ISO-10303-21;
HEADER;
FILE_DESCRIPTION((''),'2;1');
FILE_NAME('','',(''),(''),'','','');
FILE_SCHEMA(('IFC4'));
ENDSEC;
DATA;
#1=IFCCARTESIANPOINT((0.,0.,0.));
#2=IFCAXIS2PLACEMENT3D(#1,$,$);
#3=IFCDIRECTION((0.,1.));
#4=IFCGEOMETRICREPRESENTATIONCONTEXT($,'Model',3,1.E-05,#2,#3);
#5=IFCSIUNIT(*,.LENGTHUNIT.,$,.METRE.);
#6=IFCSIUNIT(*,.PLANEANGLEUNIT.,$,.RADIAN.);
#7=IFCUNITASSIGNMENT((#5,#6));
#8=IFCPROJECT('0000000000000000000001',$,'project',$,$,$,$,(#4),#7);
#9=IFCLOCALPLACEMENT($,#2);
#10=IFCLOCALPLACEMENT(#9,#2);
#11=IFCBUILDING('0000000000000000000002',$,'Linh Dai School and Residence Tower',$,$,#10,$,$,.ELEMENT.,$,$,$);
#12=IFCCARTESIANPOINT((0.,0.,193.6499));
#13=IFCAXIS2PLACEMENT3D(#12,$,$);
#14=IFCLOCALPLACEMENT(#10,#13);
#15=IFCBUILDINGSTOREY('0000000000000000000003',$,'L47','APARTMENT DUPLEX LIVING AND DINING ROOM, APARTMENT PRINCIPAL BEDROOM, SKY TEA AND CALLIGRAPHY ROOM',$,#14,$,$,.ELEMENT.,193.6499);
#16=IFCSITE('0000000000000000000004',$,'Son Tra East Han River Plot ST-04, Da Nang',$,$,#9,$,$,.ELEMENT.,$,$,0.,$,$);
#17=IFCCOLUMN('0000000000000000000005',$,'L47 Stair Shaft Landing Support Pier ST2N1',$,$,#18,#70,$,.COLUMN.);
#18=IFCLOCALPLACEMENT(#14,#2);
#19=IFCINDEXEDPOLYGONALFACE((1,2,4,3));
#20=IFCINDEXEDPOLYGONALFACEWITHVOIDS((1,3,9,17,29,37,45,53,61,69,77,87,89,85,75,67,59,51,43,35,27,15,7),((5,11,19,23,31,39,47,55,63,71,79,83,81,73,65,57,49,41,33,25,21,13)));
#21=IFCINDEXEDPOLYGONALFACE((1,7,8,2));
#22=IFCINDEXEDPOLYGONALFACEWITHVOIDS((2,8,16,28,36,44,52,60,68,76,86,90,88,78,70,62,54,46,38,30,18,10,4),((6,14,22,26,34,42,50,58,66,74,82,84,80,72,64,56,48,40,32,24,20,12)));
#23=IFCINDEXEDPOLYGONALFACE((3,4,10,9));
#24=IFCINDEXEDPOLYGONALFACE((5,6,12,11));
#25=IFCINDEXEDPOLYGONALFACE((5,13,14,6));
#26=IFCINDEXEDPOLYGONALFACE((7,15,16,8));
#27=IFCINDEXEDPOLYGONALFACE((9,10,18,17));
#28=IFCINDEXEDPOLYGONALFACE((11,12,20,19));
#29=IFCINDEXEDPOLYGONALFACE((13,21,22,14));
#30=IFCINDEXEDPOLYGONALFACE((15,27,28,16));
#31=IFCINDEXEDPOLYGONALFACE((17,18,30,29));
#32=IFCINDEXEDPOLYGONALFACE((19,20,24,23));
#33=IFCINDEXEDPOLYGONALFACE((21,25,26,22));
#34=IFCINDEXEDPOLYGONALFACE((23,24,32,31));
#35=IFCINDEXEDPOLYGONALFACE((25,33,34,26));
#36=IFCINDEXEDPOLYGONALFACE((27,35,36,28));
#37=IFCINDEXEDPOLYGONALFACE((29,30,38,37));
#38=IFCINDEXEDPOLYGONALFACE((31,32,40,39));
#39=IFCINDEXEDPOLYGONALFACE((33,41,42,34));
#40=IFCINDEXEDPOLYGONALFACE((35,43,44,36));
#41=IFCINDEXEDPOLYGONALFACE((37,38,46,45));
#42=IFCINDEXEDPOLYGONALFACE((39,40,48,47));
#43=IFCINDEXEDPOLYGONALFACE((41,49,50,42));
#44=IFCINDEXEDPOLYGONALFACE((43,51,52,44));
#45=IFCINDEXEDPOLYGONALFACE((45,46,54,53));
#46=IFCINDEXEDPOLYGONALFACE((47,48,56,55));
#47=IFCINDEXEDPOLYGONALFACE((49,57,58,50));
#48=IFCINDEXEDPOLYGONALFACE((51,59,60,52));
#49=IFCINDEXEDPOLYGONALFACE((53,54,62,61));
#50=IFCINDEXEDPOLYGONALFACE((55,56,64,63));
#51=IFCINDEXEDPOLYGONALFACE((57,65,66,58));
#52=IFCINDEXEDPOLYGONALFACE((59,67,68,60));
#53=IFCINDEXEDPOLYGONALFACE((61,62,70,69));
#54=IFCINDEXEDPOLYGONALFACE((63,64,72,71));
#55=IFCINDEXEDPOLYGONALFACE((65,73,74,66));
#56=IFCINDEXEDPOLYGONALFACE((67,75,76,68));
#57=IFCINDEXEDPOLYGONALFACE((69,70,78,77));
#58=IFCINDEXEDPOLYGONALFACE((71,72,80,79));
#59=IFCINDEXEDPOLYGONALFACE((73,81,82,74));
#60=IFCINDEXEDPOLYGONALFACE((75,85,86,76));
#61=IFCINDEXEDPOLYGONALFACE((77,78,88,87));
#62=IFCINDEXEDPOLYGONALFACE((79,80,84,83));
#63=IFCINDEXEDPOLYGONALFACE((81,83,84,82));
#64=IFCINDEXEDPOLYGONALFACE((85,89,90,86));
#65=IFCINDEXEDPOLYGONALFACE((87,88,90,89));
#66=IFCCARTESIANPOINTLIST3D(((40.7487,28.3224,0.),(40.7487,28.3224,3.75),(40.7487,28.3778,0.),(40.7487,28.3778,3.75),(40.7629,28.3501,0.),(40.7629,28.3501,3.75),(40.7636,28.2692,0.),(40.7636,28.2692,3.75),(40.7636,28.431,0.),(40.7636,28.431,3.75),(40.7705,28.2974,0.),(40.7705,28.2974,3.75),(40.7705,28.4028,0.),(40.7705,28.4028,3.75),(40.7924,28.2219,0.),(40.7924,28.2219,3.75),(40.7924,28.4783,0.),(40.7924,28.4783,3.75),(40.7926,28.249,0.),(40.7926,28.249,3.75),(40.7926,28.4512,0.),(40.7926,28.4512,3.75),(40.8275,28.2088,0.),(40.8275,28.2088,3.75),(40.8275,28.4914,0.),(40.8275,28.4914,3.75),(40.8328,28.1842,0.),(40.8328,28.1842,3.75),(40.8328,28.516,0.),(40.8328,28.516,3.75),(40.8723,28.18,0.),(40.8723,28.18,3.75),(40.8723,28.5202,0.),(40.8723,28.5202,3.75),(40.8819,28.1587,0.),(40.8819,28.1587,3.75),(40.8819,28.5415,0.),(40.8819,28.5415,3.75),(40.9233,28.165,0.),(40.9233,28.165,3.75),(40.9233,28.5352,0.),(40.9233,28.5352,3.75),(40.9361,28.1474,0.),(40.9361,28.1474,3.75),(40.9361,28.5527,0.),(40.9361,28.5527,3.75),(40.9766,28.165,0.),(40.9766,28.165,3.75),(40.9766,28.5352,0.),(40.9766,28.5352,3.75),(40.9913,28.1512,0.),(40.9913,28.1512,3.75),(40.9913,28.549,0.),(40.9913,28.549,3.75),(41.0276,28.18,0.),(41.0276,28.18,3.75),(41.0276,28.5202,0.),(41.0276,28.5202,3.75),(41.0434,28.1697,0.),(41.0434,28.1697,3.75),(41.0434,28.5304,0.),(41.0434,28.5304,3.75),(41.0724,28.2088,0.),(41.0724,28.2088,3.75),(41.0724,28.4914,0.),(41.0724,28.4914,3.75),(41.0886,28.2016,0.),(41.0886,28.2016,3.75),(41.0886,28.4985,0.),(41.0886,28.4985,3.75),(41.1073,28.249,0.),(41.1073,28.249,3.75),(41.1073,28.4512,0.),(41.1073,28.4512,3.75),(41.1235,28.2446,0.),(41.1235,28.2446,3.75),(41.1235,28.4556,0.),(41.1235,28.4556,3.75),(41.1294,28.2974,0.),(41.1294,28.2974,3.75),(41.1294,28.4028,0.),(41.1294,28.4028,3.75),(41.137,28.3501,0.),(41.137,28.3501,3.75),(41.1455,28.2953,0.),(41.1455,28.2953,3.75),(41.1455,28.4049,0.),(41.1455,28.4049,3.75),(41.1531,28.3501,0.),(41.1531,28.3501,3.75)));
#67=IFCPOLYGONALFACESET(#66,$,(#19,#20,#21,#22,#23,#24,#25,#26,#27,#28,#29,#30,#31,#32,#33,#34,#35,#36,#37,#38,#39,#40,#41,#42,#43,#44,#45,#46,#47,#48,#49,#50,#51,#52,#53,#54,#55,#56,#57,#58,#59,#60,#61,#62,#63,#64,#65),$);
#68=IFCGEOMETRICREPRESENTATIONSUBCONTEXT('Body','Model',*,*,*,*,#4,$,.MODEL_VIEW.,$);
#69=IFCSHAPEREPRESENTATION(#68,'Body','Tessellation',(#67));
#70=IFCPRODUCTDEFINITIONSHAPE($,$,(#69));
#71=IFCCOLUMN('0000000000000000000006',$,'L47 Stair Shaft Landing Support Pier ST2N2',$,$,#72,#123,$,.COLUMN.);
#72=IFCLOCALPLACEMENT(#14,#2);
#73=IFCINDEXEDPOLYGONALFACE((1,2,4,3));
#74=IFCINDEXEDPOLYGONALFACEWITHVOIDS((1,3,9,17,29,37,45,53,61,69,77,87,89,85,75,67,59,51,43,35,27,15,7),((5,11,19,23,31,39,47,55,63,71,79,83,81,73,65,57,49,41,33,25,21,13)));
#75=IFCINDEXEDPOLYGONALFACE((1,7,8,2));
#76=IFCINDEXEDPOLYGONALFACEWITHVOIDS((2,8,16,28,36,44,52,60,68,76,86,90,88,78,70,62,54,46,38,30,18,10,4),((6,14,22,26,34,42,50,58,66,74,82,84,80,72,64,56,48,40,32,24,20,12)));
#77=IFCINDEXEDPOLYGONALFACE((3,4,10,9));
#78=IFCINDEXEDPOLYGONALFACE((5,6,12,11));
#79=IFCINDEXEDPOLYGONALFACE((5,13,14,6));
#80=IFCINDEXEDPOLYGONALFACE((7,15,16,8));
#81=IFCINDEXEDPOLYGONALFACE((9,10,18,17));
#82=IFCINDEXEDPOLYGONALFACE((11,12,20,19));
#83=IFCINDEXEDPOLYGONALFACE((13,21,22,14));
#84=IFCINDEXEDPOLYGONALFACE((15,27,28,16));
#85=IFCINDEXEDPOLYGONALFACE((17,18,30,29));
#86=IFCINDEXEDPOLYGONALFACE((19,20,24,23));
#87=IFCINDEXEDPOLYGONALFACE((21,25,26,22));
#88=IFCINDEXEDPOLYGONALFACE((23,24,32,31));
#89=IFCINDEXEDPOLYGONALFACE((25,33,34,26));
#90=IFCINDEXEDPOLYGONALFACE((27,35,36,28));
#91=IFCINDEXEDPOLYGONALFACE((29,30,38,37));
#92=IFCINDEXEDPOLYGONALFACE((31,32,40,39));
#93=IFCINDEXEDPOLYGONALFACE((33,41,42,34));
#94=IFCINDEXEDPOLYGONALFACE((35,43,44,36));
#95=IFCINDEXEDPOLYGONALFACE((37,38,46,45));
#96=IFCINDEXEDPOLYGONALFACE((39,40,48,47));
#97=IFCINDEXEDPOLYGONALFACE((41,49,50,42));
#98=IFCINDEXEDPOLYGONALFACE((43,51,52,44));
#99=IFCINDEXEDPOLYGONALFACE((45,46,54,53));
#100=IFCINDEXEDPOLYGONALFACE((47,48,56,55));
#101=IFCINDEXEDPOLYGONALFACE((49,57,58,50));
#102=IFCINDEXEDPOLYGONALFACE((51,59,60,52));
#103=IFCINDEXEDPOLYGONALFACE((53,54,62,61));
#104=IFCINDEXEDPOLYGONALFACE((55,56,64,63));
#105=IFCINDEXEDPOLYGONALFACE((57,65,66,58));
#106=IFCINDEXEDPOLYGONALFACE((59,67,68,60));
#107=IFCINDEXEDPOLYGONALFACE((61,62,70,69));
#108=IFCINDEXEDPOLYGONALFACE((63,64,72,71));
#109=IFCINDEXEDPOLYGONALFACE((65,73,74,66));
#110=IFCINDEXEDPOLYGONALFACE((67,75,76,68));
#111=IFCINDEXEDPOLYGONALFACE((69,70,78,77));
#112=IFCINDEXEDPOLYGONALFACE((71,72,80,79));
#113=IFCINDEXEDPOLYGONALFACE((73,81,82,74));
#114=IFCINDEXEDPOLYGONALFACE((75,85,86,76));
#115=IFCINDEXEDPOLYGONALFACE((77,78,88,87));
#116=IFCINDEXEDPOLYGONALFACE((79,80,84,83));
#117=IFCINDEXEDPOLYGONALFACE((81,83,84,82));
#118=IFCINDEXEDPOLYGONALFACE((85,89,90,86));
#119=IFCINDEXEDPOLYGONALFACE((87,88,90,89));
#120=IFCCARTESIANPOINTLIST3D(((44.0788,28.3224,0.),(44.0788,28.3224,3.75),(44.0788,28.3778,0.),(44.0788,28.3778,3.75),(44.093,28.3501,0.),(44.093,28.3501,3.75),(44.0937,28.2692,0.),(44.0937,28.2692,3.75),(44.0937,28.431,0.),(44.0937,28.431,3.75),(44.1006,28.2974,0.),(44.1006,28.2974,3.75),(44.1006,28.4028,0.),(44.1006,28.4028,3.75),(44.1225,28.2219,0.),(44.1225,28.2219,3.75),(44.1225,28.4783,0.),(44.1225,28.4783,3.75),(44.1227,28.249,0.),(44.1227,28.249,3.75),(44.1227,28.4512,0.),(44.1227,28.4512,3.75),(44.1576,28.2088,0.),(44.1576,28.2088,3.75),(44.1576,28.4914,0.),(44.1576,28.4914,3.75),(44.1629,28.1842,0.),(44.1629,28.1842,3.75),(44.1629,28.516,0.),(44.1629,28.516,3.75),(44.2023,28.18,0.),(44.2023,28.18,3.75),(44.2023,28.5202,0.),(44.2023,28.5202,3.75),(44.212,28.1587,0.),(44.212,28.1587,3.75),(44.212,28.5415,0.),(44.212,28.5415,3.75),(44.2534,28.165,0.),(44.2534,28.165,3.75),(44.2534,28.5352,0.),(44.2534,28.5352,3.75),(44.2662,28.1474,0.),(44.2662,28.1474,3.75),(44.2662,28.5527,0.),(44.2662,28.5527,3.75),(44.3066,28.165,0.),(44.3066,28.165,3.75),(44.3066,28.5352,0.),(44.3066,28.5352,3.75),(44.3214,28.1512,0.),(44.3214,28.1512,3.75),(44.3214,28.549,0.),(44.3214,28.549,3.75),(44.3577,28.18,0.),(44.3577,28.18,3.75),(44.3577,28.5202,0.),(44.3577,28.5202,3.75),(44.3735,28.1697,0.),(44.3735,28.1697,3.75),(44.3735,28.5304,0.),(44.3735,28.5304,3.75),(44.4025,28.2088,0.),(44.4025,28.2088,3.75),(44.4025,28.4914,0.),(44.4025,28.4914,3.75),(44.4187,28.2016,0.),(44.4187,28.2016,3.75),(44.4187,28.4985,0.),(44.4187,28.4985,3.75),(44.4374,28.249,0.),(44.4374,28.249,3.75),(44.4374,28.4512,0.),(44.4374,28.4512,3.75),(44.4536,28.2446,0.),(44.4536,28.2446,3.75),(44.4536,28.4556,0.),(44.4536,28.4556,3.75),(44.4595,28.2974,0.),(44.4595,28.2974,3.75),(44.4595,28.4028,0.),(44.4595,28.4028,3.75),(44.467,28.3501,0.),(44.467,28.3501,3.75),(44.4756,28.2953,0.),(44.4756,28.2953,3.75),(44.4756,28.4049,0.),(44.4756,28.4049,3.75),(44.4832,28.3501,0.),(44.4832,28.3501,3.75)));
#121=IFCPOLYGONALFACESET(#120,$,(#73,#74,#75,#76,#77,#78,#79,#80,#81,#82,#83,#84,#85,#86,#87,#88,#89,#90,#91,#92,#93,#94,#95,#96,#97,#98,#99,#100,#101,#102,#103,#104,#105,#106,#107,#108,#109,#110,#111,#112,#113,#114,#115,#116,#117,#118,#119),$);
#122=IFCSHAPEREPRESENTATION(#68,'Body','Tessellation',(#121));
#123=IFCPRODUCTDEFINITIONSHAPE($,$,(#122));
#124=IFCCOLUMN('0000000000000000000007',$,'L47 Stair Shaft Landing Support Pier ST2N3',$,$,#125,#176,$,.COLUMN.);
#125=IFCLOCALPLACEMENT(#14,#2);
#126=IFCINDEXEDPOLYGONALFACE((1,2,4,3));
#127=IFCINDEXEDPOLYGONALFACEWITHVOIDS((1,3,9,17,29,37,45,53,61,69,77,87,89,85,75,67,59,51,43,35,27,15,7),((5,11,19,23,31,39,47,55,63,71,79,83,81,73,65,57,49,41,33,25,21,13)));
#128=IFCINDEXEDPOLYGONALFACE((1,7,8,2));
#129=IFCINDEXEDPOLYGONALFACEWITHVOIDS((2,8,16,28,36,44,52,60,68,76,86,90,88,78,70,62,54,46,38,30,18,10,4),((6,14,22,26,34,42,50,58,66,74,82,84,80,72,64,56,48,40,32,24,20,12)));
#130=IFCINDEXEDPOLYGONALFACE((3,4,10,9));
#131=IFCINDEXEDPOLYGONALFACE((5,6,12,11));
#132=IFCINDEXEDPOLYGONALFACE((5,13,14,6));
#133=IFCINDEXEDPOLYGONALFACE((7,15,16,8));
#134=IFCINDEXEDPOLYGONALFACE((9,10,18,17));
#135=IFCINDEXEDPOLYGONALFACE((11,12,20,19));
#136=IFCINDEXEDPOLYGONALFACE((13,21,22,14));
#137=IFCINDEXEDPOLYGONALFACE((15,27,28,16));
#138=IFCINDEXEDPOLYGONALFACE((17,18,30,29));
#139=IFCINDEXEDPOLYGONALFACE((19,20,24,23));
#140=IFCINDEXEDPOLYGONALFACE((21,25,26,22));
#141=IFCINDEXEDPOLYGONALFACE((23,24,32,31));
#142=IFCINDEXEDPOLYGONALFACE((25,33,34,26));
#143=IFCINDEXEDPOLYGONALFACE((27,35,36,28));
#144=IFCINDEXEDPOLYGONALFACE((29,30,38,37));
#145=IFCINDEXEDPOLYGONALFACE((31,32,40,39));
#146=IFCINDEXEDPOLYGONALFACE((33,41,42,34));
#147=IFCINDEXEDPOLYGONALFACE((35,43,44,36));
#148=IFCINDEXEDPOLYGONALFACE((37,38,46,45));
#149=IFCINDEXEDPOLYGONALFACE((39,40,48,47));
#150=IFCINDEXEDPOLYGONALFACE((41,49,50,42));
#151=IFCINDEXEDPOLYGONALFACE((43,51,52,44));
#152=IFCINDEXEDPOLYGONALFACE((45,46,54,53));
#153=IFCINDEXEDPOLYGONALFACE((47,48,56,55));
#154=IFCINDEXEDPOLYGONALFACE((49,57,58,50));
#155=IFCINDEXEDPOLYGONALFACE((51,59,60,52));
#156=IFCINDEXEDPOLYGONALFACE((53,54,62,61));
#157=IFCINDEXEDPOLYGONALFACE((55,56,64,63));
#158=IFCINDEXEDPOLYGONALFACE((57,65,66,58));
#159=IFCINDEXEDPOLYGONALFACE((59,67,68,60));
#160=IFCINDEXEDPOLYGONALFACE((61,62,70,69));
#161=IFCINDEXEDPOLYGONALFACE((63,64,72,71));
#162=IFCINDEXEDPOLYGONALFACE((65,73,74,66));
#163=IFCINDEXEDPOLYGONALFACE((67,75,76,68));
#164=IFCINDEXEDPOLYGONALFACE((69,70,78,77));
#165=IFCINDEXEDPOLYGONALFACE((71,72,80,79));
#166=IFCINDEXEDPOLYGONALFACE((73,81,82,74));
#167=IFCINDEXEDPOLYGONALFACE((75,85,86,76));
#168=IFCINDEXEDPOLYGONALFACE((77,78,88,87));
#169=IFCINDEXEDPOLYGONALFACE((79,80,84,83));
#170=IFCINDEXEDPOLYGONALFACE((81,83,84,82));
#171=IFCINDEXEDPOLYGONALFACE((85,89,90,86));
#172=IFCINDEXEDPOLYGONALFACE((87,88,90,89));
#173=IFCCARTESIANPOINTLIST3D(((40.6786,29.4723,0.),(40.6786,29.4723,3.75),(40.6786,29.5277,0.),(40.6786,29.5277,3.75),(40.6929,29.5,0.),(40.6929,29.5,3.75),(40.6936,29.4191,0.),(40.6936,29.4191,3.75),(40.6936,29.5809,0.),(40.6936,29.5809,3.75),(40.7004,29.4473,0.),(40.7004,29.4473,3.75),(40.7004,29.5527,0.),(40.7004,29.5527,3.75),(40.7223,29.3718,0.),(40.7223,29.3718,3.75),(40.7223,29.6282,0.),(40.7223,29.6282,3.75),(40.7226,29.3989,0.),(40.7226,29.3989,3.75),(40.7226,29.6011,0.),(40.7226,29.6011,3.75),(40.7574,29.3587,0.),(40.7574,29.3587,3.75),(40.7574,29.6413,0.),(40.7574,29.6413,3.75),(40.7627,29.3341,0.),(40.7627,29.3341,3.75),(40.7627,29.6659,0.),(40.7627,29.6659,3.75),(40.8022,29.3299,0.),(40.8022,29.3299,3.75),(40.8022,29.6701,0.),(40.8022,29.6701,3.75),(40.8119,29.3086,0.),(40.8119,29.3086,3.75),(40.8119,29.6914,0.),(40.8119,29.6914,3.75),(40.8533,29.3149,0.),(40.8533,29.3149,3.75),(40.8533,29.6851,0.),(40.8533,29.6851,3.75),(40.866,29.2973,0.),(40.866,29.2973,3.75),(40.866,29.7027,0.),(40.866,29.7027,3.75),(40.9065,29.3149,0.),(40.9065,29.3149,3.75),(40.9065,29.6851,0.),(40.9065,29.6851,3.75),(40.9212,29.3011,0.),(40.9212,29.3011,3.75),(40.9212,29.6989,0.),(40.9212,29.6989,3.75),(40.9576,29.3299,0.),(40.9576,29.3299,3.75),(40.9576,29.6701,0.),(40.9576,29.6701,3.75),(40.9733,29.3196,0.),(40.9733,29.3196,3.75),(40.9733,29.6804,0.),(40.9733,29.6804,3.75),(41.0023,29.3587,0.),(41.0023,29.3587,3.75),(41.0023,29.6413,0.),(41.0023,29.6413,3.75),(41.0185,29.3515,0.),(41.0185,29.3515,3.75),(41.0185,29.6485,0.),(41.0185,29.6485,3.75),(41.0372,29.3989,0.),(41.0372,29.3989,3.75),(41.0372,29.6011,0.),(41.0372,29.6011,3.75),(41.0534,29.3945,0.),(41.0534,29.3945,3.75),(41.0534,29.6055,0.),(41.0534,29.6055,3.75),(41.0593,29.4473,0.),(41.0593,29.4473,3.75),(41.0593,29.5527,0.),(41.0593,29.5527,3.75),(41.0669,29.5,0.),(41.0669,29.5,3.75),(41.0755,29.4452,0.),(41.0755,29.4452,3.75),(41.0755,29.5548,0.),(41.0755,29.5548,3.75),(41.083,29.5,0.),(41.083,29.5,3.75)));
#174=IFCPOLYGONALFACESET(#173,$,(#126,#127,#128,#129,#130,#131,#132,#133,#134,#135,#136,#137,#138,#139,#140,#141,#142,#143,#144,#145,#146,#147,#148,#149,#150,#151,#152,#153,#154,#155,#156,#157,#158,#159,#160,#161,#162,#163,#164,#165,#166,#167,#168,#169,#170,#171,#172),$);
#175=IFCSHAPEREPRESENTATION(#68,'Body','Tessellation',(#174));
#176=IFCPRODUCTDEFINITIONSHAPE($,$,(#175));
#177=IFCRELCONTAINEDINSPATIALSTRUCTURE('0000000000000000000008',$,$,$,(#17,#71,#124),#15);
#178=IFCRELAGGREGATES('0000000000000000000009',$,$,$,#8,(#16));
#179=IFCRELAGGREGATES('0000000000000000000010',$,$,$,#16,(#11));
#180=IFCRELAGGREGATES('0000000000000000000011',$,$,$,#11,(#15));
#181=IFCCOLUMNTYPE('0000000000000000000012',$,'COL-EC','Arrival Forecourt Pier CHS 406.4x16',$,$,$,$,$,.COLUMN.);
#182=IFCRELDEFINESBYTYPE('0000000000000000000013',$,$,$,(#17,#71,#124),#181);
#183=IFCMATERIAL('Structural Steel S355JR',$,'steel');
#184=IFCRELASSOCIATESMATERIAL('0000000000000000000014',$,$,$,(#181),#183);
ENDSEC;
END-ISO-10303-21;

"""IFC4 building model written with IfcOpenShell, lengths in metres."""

from ifc_helpers import new_model, si_unit, direction, frame, origin, origin_2d, place, context, subcontext, project, spatial, hollow_circle, extrude, material, material_profile, profile_set, type_object, element, save


model = new_model("IFC4")

# Units and contexts
model_context = context("Model", 3, precision=1e-05, world=origin(), true_north=direction((0.0, 1.0)))
body_context = subcontext(model_context, "Body", "Model", "MODEL_VIEW")
ifc_project = project(units=[si_unit("LENGTHUNIT", "METRE"), si_unit("PLANEANGLEUNIT", "RADIAN")], contexts=[model_context])

# Site, building, storey
site_placement = place(None, origin())
site = spatial("IfcSite", under=ifc_project, at=site_placement, Name="Son Tra East Han River Plot ST-04, Da Nang", CompositionType="ELEMENT", RefElevation=0.0)
building_placement = place(site_placement, origin())
building = spatial("IfcBuilding", under=site, at=building_placement, Name="Linh Dai School and Residence Tower", CompositionType="ELEMENT")
storey_placement = place(building_placement, frame((0.0, 0.0, 193.6499)))
storey = spatial("IfcBuildingStorey", under=building, at=storey_placement, Name="L47", Description="APARTMENT DUPLEX LIVING AND DINING ROOM, APARTMENT PRINCIPAL BEDROOM, SKY TEA AND CALLIGRAPHY ROOM", CompositionType="ELEMENT", Elevation=193.6499)

# Columns
ifc_material_1 = material(Name="Structural Steel S355JR", Category="steel")
ifc_material_profile_1 = material_profile(ifc_material_1, hollow_circle(Radius=0.2031, WallThickness=0.0161, at=origin_2d()), Name="CHS 406.4x16")
ifc_profile_set_1 = profile_set([ifc_material_profile_1], Name="Structural Steel S355JR")
column_type_1 = type_object("IfcColumnType", Name="COL-EC", Description="Arrival Forecourt Pier CHS 406.4x16", PredefinedType="COLUMN", material=ifc_profile_set_1)
for number, where, z_axis, x_axis, name in (
    (1, (40.95, 28.3501, 0.0), (0.0, 0.0, 1.0), (1.0, 0.0, 0.0), "L47 Stair Shaft Landing Support Pier ST2N1"),
    (2, (44.28, 28.3501, 0.0), (0.0, 0.0, 1.0), (1.0, 0.0, 0.0), "L47 Stair Shaft Landing Support Pier ST2N2"),
    (3, (40.8799, 29.5, 0.0), (0.0, 0.0, 1.0), (1.0, 0.0, 0.0), "L47 Stair Shaft Landing Support Pier ST2N3"),
):
    element("IfcColumn", number, at=place(storey_placement, frame(where, z_axis=z_axis, x_axis=x_axis)), inside=storey, type_object=column_type_1, Name=name, PredefinedType="COLUMN", context=body_context, shape_type="SweptSolid", body=[
        extrude(hollow_circle(Radius=0.2031, WallThickness=0.0161, at=origin_2d()), origin(), (0.0, 0.0, 1.0), 3.75),
    ])

save(model, "model.ifc")
